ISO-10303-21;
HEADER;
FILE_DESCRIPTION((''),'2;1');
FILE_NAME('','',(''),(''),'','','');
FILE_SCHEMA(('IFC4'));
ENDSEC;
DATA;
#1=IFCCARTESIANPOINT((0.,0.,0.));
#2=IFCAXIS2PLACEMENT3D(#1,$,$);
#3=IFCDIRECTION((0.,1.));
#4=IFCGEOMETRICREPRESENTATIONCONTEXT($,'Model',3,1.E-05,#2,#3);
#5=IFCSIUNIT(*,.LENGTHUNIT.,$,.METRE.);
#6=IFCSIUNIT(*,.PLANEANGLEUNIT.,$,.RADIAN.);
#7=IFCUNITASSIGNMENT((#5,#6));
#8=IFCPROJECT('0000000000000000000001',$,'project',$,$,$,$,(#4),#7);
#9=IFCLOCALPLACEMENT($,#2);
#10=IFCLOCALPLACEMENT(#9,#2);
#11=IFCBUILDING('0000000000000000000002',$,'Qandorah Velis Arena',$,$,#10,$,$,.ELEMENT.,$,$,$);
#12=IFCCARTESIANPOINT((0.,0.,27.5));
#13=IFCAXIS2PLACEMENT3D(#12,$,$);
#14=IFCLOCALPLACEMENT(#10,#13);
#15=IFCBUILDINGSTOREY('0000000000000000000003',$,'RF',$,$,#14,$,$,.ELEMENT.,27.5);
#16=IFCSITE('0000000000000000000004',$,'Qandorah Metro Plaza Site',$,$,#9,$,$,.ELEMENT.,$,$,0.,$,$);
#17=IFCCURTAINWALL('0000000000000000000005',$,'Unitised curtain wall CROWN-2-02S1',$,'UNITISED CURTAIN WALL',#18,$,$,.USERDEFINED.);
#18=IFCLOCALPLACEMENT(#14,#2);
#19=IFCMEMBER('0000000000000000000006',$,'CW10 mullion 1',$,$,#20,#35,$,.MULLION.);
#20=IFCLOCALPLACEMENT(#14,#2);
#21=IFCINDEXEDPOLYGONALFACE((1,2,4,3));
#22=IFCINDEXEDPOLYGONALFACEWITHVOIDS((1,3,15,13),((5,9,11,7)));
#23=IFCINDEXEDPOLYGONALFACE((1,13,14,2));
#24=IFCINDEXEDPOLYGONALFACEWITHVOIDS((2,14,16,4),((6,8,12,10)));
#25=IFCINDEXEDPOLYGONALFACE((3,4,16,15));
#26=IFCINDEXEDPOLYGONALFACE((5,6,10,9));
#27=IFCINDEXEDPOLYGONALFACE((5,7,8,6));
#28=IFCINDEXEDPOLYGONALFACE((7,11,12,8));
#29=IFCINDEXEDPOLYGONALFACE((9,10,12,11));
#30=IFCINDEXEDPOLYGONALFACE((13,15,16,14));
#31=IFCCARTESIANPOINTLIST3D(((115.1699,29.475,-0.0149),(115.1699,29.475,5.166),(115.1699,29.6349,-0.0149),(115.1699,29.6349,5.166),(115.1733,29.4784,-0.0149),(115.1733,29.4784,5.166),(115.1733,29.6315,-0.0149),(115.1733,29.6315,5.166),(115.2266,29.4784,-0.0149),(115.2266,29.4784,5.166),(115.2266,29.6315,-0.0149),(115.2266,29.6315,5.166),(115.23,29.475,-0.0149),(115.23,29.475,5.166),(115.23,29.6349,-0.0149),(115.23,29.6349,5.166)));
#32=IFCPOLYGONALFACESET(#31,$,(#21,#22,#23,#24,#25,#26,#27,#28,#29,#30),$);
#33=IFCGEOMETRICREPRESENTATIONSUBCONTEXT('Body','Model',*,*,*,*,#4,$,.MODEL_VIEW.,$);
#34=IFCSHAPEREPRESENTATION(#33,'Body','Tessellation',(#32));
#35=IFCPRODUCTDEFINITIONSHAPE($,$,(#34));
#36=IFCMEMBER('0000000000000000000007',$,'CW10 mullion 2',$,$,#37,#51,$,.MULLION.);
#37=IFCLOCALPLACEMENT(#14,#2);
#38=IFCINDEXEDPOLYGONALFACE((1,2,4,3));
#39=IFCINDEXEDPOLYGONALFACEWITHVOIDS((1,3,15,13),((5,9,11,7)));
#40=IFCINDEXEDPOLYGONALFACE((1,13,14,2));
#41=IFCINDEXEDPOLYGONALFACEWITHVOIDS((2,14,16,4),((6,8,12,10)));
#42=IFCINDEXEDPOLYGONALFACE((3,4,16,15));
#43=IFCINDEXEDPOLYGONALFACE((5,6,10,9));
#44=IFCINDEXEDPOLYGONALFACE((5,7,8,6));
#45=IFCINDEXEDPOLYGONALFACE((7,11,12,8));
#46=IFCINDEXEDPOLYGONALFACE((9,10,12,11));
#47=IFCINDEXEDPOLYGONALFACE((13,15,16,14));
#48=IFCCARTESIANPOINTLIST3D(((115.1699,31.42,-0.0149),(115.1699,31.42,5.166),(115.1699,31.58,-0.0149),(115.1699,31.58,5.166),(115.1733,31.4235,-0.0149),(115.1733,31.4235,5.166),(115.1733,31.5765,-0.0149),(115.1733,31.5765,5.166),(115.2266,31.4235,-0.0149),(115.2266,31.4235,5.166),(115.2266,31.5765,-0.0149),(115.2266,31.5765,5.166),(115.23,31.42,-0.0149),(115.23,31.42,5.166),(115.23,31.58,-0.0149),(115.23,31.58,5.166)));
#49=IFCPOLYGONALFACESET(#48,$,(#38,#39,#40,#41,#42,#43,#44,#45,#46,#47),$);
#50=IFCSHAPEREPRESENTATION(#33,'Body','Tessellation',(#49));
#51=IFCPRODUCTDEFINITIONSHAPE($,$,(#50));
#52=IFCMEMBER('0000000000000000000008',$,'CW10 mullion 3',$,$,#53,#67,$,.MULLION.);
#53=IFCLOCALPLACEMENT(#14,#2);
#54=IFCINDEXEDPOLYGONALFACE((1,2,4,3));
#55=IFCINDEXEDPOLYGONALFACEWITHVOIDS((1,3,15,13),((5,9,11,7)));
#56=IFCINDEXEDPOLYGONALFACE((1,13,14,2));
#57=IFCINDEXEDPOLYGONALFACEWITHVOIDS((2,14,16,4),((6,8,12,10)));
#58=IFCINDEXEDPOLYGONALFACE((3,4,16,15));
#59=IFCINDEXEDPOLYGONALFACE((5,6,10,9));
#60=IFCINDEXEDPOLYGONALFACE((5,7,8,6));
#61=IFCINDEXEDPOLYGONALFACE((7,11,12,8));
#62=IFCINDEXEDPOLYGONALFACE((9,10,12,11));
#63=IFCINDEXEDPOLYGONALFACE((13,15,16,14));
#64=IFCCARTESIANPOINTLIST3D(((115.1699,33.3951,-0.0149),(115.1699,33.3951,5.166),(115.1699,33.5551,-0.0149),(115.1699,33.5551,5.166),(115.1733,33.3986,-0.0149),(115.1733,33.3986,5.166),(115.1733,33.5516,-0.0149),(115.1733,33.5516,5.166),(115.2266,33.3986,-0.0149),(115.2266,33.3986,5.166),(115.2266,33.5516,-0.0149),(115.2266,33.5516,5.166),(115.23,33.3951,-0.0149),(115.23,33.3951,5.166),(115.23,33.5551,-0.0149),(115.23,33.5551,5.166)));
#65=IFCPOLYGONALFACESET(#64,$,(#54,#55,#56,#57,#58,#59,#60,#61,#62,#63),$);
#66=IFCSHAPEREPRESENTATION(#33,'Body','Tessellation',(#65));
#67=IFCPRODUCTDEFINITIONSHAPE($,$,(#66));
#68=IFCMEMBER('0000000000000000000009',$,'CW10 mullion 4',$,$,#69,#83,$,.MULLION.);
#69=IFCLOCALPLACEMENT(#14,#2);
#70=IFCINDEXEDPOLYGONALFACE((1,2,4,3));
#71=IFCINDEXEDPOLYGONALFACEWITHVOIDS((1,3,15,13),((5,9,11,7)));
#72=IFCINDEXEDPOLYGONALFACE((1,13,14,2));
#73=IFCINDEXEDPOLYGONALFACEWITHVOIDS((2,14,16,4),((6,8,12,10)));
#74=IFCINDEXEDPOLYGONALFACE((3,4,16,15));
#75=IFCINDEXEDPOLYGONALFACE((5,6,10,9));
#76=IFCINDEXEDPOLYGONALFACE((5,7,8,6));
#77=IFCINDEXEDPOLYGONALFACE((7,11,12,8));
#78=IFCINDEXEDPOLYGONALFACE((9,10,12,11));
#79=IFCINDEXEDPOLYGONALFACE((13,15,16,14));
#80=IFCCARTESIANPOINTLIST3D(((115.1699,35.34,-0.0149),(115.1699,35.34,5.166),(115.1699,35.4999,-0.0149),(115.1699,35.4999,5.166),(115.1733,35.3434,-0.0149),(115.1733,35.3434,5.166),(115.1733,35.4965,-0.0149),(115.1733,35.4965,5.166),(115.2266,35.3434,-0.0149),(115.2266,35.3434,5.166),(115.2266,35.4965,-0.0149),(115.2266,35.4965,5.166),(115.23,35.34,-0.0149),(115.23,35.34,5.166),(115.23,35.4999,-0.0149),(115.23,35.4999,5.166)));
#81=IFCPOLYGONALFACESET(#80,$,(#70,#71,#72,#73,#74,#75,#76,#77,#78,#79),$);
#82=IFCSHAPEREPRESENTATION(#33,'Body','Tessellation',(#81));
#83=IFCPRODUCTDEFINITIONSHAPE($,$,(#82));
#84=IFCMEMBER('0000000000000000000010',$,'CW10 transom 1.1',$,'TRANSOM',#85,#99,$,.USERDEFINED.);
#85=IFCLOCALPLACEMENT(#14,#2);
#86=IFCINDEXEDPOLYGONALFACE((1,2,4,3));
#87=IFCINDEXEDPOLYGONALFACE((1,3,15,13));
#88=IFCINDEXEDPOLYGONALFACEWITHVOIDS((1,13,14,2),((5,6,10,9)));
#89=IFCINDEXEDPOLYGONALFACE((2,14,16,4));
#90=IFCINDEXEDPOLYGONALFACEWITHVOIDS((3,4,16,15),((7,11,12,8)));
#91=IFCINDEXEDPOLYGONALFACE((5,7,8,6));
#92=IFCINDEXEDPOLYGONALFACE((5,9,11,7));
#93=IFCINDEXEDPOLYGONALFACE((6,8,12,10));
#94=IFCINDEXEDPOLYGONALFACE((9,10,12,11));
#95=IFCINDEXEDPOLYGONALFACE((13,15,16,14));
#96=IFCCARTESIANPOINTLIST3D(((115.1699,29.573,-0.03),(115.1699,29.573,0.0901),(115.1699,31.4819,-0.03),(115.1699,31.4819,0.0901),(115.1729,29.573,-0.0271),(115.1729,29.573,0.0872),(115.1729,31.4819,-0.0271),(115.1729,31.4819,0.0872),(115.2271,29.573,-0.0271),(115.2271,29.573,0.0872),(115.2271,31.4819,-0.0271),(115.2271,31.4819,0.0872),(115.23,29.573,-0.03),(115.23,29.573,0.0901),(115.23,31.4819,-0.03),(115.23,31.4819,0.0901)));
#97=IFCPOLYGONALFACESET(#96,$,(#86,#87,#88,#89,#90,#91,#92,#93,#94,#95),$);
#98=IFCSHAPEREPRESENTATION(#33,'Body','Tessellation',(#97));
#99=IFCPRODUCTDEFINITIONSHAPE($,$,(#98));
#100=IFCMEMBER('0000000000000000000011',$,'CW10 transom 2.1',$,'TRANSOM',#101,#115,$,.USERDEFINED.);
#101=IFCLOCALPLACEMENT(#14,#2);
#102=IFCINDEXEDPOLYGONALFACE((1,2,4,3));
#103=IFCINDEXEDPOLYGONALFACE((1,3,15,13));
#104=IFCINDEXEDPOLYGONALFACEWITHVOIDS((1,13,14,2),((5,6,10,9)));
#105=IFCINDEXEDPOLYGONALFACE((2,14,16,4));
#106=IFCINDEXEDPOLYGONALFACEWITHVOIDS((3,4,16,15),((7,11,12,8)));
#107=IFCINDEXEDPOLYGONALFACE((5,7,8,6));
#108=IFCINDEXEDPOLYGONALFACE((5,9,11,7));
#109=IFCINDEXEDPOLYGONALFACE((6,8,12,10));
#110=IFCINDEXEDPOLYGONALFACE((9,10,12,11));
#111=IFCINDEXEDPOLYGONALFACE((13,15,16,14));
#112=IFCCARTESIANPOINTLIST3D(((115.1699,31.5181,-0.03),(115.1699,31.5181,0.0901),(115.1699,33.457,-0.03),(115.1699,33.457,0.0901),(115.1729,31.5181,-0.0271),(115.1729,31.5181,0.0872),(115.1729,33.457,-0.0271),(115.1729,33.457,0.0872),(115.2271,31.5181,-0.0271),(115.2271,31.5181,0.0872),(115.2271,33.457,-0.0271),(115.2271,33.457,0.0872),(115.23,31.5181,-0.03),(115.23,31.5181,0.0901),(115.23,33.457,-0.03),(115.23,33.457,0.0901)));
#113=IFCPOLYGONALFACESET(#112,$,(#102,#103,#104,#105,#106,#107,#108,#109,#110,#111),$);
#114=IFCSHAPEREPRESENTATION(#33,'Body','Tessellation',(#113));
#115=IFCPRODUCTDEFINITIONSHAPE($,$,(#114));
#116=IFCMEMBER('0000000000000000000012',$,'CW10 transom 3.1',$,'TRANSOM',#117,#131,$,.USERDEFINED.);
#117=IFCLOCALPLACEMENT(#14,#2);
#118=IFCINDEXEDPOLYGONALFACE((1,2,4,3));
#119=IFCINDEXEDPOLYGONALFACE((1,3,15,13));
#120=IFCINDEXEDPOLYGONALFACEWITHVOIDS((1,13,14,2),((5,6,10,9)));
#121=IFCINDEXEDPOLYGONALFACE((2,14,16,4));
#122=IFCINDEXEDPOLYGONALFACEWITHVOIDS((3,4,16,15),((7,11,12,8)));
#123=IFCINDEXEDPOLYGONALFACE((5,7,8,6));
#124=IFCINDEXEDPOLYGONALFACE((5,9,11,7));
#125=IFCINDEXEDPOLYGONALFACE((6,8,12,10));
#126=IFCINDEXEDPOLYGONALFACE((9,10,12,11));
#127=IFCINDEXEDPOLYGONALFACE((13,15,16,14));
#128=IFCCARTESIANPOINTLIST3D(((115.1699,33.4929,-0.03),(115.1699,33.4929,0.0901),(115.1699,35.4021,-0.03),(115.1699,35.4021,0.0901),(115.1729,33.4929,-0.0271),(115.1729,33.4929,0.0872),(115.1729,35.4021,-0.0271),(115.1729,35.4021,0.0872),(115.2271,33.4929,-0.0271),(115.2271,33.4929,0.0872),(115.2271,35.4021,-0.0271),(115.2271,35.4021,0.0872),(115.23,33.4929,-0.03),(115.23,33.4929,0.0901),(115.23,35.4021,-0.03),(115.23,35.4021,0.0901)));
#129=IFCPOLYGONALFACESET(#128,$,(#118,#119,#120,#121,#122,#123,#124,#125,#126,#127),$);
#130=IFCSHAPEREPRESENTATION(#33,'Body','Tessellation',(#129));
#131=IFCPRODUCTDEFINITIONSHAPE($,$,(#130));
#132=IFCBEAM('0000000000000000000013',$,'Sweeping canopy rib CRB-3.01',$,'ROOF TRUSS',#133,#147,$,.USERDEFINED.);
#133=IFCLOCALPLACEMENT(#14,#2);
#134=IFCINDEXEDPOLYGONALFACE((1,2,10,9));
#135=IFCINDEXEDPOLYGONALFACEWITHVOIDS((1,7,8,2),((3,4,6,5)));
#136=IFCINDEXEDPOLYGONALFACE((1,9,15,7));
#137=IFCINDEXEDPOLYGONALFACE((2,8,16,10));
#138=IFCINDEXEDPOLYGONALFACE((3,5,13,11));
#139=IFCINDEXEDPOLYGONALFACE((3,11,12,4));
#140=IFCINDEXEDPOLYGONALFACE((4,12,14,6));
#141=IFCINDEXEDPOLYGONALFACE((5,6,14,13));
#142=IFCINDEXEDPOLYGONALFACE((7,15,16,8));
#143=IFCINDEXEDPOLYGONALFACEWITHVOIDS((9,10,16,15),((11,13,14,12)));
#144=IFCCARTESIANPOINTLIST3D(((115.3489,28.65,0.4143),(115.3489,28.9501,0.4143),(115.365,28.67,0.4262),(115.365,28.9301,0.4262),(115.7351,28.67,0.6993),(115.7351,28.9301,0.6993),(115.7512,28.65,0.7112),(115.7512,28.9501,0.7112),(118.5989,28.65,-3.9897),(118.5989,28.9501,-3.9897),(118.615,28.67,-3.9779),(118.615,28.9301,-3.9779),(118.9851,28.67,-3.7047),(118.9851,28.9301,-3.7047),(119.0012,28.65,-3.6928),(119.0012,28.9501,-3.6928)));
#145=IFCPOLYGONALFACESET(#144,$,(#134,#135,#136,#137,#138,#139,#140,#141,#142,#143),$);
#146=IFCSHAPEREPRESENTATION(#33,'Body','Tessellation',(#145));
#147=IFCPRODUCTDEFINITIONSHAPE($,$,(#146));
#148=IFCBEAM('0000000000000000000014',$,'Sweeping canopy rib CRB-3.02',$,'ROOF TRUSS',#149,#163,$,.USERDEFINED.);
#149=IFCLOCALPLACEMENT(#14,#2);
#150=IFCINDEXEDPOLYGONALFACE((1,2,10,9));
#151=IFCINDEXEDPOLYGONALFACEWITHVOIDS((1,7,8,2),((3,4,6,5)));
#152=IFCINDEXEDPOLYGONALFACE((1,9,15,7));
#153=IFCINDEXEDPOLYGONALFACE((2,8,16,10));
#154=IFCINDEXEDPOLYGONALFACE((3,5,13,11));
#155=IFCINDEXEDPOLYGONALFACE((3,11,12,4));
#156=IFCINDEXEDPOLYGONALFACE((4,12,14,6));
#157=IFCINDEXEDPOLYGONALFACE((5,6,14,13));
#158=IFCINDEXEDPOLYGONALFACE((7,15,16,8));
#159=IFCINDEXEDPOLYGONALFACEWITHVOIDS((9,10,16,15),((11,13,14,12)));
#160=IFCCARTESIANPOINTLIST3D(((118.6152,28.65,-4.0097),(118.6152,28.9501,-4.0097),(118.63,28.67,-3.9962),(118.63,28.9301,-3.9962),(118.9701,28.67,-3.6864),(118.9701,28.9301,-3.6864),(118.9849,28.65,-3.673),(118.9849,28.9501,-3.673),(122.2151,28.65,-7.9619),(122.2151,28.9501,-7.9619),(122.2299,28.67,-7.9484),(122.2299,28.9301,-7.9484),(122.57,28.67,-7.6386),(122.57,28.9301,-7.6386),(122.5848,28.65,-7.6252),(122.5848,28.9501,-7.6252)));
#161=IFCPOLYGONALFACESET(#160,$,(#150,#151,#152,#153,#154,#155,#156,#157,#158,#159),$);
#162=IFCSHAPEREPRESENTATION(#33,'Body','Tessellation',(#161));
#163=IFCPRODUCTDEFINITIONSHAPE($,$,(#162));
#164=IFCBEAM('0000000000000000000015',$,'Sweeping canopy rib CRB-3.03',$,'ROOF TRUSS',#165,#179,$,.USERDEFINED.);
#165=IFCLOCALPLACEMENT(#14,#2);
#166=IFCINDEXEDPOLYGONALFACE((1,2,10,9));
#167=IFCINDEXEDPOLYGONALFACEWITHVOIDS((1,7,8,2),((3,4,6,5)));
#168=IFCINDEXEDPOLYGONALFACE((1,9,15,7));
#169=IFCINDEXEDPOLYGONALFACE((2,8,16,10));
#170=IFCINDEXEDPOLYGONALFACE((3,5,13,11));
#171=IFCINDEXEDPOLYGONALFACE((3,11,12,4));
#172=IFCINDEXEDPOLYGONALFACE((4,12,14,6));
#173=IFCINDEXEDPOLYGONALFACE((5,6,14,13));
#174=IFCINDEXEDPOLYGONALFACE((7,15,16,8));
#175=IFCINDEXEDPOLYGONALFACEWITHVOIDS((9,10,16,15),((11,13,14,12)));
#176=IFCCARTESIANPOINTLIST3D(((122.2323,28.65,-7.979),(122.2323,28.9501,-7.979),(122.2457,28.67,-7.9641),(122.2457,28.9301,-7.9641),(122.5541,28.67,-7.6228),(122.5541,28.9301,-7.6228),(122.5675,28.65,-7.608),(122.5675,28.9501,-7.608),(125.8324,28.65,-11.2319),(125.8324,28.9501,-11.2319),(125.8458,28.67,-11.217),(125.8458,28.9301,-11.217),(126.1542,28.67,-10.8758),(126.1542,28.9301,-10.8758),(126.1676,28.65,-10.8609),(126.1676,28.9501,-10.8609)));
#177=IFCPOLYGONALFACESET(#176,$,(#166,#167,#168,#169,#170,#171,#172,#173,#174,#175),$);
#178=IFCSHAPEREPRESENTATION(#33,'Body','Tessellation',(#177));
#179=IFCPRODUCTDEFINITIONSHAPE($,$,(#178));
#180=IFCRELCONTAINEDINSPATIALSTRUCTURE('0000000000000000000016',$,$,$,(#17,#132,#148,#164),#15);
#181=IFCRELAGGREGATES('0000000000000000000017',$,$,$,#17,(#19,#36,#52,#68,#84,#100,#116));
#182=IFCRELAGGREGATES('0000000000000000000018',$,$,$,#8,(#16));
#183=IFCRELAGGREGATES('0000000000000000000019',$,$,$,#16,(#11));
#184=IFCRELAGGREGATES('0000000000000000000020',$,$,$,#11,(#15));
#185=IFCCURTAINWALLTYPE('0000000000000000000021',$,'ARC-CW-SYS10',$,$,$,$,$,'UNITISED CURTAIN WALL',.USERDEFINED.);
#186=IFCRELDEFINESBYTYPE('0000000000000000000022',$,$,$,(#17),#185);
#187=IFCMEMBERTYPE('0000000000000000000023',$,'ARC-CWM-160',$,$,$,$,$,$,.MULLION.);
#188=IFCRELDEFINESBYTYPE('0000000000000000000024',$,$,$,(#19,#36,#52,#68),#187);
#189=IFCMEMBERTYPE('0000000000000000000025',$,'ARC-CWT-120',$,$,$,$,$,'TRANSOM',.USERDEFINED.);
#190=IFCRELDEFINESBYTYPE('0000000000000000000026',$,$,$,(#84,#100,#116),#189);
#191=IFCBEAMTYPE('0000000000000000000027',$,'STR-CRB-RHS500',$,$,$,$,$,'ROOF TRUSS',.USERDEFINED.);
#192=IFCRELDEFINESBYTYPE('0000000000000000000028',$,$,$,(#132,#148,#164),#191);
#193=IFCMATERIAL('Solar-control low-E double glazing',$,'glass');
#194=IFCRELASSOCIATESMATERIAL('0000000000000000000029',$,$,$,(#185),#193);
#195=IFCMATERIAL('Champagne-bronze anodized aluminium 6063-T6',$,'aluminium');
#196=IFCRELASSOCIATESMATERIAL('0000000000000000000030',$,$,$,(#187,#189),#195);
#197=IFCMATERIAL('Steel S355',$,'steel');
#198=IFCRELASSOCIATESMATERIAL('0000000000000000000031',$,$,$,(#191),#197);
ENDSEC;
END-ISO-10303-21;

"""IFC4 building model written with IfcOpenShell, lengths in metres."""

from ifc_helpers import new_model, si_unit, direction, frame, origin, origin_2d, place, context, subcontext, project, spatial, hollow_rectangle, extrude, material, material_profile, profile_set, type_object, element, aggregate, save


model = new_model("IFC4")

# Units and contexts
model_context = context("Model", 3, precision=1e-05, world=origin(), true_north=direction((0.0, 1.0)))
body_context = subcontext(model_context, "Body", "Model", "MODEL_VIEW")
ifc_project = project(units=[si_unit("LENGTHUNIT", "METRE"), si_unit("PLANEANGLEUNIT", "RADIAN")], contexts=[model_context])

# Site, building, storey
site_placement = place(None, origin())
site = spatial("IfcSite", under=ifc_project, at=site_placement, Name="Qandorah Metro Plaza Site", CompositionType="ELEMENT", RefElevation=0.0)
building_placement = place(site_placement, origin())
building = spatial("IfcBuilding", under=site, at=building_placement, Name="Qandorah Velis Arena", CompositionType="ELEMENT")
storey_placement = place(building_placement, frame((0.0, 0.0, 27.5)))
storey = spatial("IfcBuildingStorey", under=building, at=storey_placement, Name="RF", CompositionType="ELEMENT", Elevation=27.5)

# Curtain wall, members
ifc_material_1 = material(Name="Solar-control low-E double glazing", Category="glass")
curtain_wall_type = type_object("IfcCurtainWallType", Name="ARC-CW-SYS10", ElementType="UNITISED CURTAIN WALL", PredefinedType="USERDEFINED", material=ifc_material_1)
curtain_wall_placement = place(storey_placement, origin())
curtain_wall = element("IfcCurtainWall", 1, at=curtain_wall_placement, inside=storey, type_object=curtain_wall_type, Name="Unitised curtain wall CROWN-2-02S1", ObjectType="UNITISED CURTAIN WALL", PredefinedType="USERDEFINED")
ifc_material_2 = material(Name="Champagne-bronze anodized aluminium 6063-T6", Category="aluminium")
ifc_material_profile_1 = material_profile(ifc_material_2, hollow_rectangle(XDim=0.0601, YDim=0.1599, WallThickness=0.0034, at=origin_2d()), Name="ALU MULLION 60x160")
ifc_profile_set_1 = profile_set([ifc_material_profile_1], Name="Champagne-bronze anodized aluminium 6063-T6")
member_type_1 = type_object("IfcMemberType", Name="ARC-CWM-160", PredefinedType="MULLION", material=ifc_profile_set_1)
member_1_placement = place(storey_placement, frame((115.2, 29.5549, -0.0149), z_axis=(0.0, 0.0, 1.0), x_axis=(-1.0, 0.0, 0.0)))
member_1 = element("IfcMember", 2, at=member_1_placement, type_object=member_type_1, Name="CW10 mullion 1", PredefinedType="MULLION", context=body_context, shape_type="SweptSolid", body=[
    extrude(hollow_rectangle(XDim=0.0601, YDim=0.1599, WallThickness=0.0034, at=origin_2d()), origin(), (0.0, 0.0, 1.0), 5.1809),
])
member_2_placement = place(storey_placement, frame((115.2, 31.5, -0.0149), z_axis=(0.0, 0.0, 1.0), x_axis=(-1.0, 0.0, 0.0)))
member_2 = element("IfcMember", 3, at=member_2_placement, type_object=member_type_1, Name="CW10 mullion 2", PredefinedType="MULLION", context=body_context, shape_type="SweptSolid", body=[
    extrude(hollow_rectangle(XDim=0.0601, YDim=0.1599, WallThickness=0.0034, at=origin_2d()), origin(), (0.0, 0.0, 1.0), 5.1809),
])
member_3_placement = place(storey_placement, frame((115.2, 33.4751, -0.0149), z_axis=(0.0, 0.0, 1.0), x_axis=(-1.0, 0.0, 0.0)))
member_3 = element("IfcMember", 4, at=member_3_placement, type_object=member_type_1, Name="CW10 mullion 3", PredefinedType="MULLION", context=body_context, shape_type="SweptSolid", body=[
    extrude(hollow_rectangle(XDim=0.0601, YDim=0.1599, WallThickness=0.0034, at=origin_2d()), origin(), (0.0, 0.0, 1.0), 5.1809),
])
member_4_placement = place(storey_placement, frame((115.2, 35.4199, -0.0149), z_axis=(0.0, 0.0, 1.0), x_axis=(-1.0, 0.0, 0.0)))
member_4 = element("IfcMember", 5, at=member_4_placement, type_object=member_type_1, Name="CW10 mullion 4", PredefinedType="MULLION", context=body_context, shape_type="SweptSolid", body=[
    extrude(hollow_rectangle(XDim=0.0601, YDim=0.1599, WallThickness=0.0034, at=origin_2d()), origin(), (0.0, 0.0, 1.0), 5.1809),
])
ifc_material_profile_2 = material_profile(ifc_material_2, hollow_rectangle(XDim=0.0601, YDim=0.1201, WallThickness=0.0029, at=origin_2d()), Name="ALU TRANSOM 60x120")
ifc_profile_set_2 = profile_set([ifc_material_profile_2], Name="Champagne-bronze anodized aluminium 6063-T6")
member_type_2 = type_object("IfcMemberType", Name="ARC-CWT-120", ElementType="TRANSOM", PredefinedType="USERDEFINED", material=ifc_profile_set_2)
member_5_placement = place(storey_placement, frame((115.2, 29.573, 0.03), z_axis=(0.0, 1.0, 0.0), x_axis=(-1.0, 0.0, 0.0)))
member_5 = element("IfcMember", 6, at=member_5_placement, type_object=member_type_2, Name="CW10 transom 1.1", ObjectType="TRANSOM", PredefinedType="USERDEFINED", context=body_context, shape_type="SweptSolid", body=[
    extrude(hollow_rectangle(XDim=0.0601, YDim=0.1201, WallThickness=0.0029, at=origin_2d()), origin(), (0.0, 0.0, 1.0), 1.9089),
])
member_6_placement = place(storey_placement, frame((115.2, 31.5181, 0.03), z_axis=(0.0, 1.0, 0.0), x_axis=(-1.0, 0.0, 0.0)))
member_6 = element("IfcMember", 7, at=member_6_placement, type_object=member_type_2, Name="CW10 transom 2.1", ObjectType="TRANSOM", PredefinedType="USERDEFINED", context=body_context, shape_type="SweptSolid", body=[
    extrude(hollow_rectangle(XDim=0.0601, YDim=0.1201, WallThickness=0.0029, at=origin_2d()), origin(), (0.0, 0.0, 1.0), 1.939),
])
member_7_placement = place(storey_placement, frame((115.2, 33.4929, 0.03), z_axis=(0.0, 1.0, 0.0), x_axis=(-1.0, 0.0, 0.0)))
member_7 = element("IfcMember", 8, at=member_7_placement, type_object=member_type_2, Name="CW10 transom 3.1", ObjectType="TRANSOM", PredefinedType="USERDEFINED", context=body_context, shape_type="SweptSolid", body=[
    extrude(hollow_rectangle(XDim=0.0601, YDim=0.1201, WallThickness=0.0029, at=origin_2d()), origin(), (0.0, 0.0, 1.0), 1.9092),
])

# Beams
ifc_material_3 = material(Name="Steel S355", Category="steel")
ifc_material_profile_3 = material_profile(ifc_material_3, hollow_rectangle(XDim=0.3, YDim=0.5, WallThickness=0.02, at=origin_2d()), Name="RHS 500x300x20")
ifc_profile_set_3 = profile_set([ifc_material_profile_3], Name="Steel S355")
beam_type_1 = type_object("IfcBeamType", Name="STR-CRB-RHS500", ElementType="ROOF TRUSS", PredefinedType="USERDEFINED", material=ifc_profile_set_3)
beam_1_placement = place(storey_placement, frame((115.55, 28.8, 0.5627), z_axis=(0.59378, 0.0, -0.804627), x_axis=(0.0, 1.0, 0.0)))
element("IfcBeam", 9, at=beam_1_placement, inside=storey, type_object=beam_type_1, Name="Sweeping canopy rib CRB-3.01", ObjectType="ROOF TRUSS", PredefinedType="USERDEFINED", context=body_context, shape_type="SweptSolid", body=[
    extrude(hollow_rectangle(XDim=0.3, YDim=0.5, WallThickness=0.02, at=origin_2d()), origin(), (0.0, 0.0, 1.0), 5.4734),
])
beam_2_placement = place(storey_placement, frame((118.8, 28.8, -3.8413), z_axis=(0.673389, 0.0, -0.739289), x_axis=(0.0, 1.0, 0.0)))
element("IfcBeam", 10, at=beam_2_placement, inside=storey, type_object=beam_type_1, Name="Sweeping canopy rib CRB-3.02", ObjectType="ROOF TRUSS", PredefinedType="USERDEFINED", context=body_context, shape_type="SweptSolid", body=[
    extrude(hollow_rectangle(XDim=0.3, YDim=0.5, WallThickness=0.02, at=origin_2d()), origin(), (0.0, 0.0, 1.0), 5.3459),
])
beam_3_placement = place(storey_placement, frame((122.3999, 28.8, -7.7935), z_axis=(0.741977, 0.0, -0.670426), x_axis=(0.0, 1.0, 0.0)))
element("IfcBeam", 11, at=beam_3_placement, inside=storey, type_object=beam_type_1, Name="Sweeping canopy rib CRB-3.03", ObjectType="ROOF TRUSS", PredefinedType="USERDEFINED", context=body_context, shape_type="SweptSolid", body=[
    extrude(hollow_rectangle(XDim=0.3, YDim=0.5, WallThickness=0.02, at=origin_2d()), origin(), (0.0, 0.0, 1.0), 4.8521),
])

aggregate(curtain_wall, [member_1, member_2, member_3, member_4, member_5, member_6, member_7])

save(model, "model.ifc")
